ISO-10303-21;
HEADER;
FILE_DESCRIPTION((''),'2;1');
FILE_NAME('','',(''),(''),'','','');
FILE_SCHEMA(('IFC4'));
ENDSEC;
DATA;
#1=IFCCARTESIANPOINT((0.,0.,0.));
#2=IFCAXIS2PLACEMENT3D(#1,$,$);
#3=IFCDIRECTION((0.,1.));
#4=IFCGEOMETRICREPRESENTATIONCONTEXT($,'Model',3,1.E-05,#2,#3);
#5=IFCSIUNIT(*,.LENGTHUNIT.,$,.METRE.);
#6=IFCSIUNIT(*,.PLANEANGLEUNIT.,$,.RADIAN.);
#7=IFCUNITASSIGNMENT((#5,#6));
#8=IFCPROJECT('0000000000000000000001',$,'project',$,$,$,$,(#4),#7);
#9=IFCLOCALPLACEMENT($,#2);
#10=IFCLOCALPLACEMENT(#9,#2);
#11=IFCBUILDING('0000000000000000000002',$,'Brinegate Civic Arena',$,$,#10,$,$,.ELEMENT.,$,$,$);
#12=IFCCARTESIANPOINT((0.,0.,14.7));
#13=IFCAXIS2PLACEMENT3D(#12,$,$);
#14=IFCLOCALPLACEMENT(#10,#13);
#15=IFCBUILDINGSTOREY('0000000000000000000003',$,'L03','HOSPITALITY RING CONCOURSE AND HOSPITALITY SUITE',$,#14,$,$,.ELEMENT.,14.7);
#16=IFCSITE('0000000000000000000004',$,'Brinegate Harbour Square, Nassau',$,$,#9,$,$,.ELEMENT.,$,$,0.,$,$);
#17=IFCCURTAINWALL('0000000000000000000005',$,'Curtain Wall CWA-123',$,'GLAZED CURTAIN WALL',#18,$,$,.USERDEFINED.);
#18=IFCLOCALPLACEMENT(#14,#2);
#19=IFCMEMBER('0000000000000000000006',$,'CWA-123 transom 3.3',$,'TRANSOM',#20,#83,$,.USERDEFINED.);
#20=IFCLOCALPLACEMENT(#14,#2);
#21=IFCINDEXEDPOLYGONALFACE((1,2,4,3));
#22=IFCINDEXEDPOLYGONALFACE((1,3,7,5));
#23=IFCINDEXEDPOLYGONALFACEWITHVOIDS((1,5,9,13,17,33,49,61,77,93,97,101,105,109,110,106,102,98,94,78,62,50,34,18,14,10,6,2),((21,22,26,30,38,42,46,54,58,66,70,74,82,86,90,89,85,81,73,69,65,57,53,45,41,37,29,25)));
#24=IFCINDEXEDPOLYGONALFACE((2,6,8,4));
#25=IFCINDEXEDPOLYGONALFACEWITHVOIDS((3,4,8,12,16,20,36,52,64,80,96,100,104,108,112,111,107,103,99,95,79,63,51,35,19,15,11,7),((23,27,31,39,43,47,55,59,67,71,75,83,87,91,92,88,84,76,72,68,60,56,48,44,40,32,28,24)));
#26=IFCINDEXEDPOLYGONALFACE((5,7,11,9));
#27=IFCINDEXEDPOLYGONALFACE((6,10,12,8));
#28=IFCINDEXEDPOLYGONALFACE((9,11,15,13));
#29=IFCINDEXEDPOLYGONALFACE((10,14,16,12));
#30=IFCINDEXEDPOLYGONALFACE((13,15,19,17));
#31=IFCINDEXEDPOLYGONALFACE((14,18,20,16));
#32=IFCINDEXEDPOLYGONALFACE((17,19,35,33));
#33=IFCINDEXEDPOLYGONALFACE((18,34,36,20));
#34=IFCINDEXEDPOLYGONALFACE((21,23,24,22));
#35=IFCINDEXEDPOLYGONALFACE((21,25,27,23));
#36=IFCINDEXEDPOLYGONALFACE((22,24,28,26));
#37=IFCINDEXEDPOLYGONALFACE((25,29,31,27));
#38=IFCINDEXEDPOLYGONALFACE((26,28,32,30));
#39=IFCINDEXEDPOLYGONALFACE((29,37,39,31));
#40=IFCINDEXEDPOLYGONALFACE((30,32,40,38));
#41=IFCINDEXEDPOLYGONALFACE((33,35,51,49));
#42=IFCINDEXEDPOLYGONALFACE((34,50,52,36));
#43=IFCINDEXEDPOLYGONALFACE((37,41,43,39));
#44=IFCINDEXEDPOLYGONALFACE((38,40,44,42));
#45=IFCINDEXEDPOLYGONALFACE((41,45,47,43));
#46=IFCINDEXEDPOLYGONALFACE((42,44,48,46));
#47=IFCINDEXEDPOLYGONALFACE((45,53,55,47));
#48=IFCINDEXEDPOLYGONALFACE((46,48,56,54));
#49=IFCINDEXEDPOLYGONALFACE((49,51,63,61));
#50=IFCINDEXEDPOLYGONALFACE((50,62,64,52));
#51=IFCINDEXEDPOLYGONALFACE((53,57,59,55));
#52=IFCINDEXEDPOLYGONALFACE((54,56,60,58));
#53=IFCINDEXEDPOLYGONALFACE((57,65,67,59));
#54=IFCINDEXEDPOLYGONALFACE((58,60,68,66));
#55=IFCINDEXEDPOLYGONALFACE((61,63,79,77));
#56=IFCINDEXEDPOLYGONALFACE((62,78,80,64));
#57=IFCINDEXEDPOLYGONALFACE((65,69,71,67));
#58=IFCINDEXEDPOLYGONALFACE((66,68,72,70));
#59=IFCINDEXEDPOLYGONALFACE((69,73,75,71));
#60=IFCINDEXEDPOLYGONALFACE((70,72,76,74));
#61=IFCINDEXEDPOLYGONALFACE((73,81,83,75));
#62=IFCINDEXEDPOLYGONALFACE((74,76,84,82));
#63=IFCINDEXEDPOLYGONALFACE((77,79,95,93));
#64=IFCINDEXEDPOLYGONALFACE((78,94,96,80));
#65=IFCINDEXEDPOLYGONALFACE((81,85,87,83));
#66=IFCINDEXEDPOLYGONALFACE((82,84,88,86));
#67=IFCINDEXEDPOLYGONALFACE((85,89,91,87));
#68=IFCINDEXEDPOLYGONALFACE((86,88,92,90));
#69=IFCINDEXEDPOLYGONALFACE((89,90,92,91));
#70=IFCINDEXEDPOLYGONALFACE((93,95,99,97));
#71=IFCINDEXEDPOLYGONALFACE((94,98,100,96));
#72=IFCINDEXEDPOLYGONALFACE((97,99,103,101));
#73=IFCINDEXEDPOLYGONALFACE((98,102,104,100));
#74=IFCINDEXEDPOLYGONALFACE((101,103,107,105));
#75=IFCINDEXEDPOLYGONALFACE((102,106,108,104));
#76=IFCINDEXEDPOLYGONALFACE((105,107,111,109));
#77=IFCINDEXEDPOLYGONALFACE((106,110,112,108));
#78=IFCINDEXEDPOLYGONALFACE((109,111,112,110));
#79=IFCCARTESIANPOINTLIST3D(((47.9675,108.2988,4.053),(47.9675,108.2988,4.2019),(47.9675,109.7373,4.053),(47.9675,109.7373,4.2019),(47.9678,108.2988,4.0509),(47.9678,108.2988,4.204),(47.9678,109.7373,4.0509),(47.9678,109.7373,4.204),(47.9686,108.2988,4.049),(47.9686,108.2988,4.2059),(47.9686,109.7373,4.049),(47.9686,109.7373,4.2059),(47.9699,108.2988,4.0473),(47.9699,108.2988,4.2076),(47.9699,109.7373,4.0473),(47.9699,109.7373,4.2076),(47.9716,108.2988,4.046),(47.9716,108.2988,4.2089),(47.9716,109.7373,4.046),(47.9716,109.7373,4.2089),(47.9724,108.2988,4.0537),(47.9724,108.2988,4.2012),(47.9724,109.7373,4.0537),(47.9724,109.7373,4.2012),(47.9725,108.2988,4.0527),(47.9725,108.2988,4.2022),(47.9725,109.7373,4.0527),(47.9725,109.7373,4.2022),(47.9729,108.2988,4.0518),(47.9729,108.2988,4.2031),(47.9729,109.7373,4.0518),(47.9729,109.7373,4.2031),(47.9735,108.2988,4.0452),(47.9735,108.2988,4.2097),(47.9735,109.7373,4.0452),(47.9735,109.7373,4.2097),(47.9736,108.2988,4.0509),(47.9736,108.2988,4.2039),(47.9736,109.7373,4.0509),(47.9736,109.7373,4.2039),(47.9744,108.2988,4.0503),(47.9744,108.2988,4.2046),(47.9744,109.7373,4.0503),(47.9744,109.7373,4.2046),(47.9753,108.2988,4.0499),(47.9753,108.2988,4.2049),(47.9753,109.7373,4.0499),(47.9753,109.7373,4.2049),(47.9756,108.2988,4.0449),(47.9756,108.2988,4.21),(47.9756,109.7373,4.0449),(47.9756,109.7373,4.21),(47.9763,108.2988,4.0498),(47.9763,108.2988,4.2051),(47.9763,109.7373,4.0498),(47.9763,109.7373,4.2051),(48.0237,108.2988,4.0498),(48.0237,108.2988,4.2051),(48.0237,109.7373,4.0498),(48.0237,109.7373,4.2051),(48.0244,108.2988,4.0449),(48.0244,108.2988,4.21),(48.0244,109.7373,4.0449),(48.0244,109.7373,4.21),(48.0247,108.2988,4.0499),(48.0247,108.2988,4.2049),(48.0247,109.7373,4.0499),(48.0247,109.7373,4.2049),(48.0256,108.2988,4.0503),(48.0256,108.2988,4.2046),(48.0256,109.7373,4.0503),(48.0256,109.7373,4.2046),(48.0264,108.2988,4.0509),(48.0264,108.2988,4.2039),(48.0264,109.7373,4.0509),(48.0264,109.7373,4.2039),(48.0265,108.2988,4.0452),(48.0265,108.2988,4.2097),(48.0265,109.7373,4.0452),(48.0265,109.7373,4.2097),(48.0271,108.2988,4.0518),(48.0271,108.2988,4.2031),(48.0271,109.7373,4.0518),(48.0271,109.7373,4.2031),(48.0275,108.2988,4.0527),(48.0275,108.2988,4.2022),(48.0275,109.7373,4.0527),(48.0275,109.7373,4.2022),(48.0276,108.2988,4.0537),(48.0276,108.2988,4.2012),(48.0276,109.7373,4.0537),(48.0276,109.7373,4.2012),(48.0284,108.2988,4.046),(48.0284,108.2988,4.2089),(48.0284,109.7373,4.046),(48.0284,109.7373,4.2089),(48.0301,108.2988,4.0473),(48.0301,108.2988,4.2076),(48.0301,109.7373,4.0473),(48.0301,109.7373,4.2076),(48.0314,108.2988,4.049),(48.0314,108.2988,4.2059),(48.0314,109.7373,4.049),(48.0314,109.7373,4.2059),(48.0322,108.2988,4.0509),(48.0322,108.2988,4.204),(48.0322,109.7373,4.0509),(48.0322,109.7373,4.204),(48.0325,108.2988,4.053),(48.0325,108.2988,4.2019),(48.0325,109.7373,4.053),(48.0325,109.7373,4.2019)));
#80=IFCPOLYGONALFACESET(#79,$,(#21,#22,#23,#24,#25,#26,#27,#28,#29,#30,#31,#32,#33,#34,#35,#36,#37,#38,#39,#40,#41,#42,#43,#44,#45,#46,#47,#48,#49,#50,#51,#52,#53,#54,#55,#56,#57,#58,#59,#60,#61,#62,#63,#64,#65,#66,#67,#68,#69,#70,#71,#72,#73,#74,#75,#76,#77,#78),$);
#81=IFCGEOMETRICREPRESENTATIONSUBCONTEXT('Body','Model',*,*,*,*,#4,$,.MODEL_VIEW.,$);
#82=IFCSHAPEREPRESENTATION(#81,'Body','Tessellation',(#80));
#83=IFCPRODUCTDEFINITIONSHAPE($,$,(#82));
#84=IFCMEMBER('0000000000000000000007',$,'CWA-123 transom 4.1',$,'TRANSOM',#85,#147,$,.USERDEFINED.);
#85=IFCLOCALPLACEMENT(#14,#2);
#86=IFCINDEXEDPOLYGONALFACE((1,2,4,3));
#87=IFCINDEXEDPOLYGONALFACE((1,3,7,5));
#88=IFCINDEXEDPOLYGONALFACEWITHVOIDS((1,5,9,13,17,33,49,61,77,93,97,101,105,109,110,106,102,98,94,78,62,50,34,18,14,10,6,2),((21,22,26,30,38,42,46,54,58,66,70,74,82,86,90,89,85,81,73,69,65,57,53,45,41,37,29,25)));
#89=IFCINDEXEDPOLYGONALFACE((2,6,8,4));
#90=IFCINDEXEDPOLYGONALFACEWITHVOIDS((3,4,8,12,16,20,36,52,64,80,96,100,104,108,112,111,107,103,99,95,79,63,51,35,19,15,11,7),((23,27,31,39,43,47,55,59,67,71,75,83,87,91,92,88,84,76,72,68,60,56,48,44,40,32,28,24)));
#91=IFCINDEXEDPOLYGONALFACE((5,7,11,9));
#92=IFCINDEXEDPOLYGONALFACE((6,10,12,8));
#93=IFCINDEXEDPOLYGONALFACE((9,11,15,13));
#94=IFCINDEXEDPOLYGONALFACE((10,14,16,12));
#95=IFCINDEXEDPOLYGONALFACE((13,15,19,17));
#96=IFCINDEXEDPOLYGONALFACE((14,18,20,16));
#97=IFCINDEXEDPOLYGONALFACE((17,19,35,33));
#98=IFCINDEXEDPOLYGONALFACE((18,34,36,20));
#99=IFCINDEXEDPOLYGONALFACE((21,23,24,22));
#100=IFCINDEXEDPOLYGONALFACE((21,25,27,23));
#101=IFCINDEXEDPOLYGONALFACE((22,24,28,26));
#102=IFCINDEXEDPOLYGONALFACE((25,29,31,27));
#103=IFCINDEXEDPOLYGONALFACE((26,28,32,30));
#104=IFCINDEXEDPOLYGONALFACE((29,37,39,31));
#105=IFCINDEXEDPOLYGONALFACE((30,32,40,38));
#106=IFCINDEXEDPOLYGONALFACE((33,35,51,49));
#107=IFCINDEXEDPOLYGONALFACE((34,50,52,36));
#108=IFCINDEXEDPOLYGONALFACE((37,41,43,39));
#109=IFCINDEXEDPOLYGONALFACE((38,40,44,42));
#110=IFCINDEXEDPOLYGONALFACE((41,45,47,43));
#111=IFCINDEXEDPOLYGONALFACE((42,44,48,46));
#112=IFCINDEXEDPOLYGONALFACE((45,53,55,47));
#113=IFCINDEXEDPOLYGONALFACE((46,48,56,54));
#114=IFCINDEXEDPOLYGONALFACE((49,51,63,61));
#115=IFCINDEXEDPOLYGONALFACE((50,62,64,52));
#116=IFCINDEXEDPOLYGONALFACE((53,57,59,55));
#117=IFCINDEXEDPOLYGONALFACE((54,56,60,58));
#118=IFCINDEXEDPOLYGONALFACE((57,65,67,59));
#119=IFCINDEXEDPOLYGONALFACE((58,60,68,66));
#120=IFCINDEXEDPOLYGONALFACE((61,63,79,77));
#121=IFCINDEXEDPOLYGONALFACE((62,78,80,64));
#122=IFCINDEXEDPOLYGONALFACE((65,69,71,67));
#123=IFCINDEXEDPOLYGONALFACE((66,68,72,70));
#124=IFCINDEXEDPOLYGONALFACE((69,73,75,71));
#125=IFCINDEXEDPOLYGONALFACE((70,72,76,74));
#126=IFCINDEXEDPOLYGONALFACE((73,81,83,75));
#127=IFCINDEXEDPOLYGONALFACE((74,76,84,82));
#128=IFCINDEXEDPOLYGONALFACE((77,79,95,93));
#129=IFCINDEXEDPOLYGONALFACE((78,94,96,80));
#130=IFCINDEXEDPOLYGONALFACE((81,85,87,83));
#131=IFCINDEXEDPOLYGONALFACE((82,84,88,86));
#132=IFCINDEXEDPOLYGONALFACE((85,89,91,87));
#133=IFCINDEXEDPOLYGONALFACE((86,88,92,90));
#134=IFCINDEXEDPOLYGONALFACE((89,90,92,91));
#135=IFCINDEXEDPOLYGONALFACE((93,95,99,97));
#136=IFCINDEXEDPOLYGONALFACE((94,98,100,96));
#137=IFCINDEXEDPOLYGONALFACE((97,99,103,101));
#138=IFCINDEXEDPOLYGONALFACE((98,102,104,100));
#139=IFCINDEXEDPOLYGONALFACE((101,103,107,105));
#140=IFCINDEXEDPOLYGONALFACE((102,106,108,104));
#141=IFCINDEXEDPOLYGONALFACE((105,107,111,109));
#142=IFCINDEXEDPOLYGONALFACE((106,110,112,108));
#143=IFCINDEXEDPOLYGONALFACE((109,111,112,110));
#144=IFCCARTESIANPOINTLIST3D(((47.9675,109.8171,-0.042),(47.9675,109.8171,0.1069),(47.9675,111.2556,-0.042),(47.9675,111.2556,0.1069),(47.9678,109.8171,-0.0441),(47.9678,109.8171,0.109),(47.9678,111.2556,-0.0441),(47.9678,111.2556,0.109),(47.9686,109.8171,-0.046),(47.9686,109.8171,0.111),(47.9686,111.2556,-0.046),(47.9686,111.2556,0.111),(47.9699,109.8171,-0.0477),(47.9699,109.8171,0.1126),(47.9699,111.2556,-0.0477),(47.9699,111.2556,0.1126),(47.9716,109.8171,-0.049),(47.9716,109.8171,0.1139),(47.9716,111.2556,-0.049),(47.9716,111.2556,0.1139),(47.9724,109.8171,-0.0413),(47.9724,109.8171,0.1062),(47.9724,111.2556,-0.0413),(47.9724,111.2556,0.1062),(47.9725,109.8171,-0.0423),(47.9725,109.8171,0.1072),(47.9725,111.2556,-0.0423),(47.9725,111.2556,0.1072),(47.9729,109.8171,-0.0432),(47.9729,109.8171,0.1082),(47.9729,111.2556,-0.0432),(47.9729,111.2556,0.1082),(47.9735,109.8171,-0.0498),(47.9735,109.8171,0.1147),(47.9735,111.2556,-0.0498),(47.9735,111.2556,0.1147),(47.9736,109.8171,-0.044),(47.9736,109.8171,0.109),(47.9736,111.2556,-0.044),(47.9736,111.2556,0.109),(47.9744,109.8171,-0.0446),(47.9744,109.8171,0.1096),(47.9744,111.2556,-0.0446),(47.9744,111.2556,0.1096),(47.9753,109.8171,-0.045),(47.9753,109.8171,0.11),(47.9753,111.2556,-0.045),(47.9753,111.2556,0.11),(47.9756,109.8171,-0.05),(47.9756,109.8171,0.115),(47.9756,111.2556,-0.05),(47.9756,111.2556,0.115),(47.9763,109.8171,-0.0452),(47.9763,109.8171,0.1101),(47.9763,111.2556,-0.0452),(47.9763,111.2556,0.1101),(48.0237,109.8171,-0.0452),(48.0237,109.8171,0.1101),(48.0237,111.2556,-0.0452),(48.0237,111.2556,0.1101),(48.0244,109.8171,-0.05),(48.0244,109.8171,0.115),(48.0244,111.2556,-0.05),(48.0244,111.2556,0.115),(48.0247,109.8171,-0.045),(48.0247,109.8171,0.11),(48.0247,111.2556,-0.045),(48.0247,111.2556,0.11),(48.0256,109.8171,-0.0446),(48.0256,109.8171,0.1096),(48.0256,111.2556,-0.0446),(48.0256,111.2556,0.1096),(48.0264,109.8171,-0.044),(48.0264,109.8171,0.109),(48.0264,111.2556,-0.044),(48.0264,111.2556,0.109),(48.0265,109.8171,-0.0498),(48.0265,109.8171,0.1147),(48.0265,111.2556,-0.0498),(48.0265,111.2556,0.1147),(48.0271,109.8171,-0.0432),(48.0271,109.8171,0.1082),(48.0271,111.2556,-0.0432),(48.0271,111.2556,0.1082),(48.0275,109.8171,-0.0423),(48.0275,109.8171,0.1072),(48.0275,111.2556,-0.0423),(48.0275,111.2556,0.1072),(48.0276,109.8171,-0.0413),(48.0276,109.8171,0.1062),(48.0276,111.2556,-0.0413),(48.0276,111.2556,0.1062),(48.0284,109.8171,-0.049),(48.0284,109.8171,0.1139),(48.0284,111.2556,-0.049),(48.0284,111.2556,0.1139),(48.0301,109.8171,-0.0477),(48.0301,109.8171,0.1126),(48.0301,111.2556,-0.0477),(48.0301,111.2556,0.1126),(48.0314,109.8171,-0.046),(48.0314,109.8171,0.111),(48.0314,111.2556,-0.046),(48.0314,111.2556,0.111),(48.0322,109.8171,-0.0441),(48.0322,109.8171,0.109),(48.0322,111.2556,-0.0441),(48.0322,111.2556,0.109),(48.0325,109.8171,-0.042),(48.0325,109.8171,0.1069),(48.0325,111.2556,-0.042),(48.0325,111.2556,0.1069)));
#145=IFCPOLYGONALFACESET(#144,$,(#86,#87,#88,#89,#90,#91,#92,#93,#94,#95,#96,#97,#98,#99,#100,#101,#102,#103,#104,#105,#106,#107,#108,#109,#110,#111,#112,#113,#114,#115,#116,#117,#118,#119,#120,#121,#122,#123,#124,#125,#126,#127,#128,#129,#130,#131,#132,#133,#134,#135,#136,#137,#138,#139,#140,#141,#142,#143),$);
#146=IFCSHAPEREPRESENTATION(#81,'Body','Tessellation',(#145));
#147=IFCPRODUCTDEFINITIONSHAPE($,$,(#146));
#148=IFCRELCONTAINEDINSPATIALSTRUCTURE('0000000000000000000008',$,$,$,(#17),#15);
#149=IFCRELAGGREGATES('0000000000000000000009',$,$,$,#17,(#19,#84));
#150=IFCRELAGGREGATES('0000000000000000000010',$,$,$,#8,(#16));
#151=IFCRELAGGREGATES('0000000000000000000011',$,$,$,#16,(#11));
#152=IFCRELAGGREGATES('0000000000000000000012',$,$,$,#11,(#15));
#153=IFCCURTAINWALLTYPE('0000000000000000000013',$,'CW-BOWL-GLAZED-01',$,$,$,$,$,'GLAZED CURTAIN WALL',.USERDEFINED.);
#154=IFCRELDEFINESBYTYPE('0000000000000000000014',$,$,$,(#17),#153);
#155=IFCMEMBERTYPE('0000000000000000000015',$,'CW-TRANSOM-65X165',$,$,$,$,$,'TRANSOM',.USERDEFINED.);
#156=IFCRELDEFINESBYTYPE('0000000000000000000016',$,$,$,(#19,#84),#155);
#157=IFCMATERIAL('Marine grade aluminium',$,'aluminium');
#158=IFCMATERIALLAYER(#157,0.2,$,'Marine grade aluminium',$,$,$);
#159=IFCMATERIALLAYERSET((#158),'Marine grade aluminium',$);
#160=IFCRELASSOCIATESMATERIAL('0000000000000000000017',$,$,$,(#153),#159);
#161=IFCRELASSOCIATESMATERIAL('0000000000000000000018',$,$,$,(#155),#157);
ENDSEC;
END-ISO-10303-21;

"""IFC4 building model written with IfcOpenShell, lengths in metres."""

from ifc_helpers import new_model, si_unit, direction, frame, origin, origin_2d, place, context, subcontext, project, spatial, hollow_rectangle, extrude, material, layer, layer_set, material_profile, profile_set, type_object, element, aggregate, save


model = new_model("IFC4")

# Units and contexts
model_context = context("Model", 3, precision=1e-05, world=origin(), true_north=direction((0.0, 1.0)))
body_context = subcontext(model_context, "Body", "Model", "MODEL_VIEW")
ifc_project = project(units=[si_unit("LENGTHUNIT", "METRE"), si_unit("PLANEANGLEUNIT", "RADIAN")], contexts=[model_context])

# Site, building, storey
site_placement = place(None, origin())
site = spatial("IfcSite", under=ifc_project, at=site_placement, Name="Brinegate Harbour Square, Nassau", CompositionType="ELEMENT", RefElevation=0.0)
building_placement = place(site_placement, origin())
building = spatial("IfcBuilding", under=site, at=building_placement, Name="Brinegate Civic Arena", CompositionType="ELEMENT")
storey_placement = place(building_placement, frame((0.0, 0.0, 14.7)))
storey = spatial("IfcBuildingStorey", under=building, at=storey_placement, Name="L03", Description="HOSPITALITY RING CONCOURSE AND HOSPITALITY SUITE", CompositionType="ELEMENT", Elevation=14.7)

# Curtain wall, members
ifc_material_1 = material(Name="Marine grade aluminium", Category="aluminium")
ifc_layer_1 = layer(ifc_material_1, 0.2, Name="Marine grade aluminium")
ifc_layer_set_1 = layer_set([ifc_layer_1], Name="Marine grade aluminium")
curtain_wall_type = type_object("IfcCurtainWallType", Name="CW-BOWL-GLAZED-01", ElementType="GLAZED CURTAIN WALL", PredefinedType="USERDEFINED", material=ifc_layer_set_1)
curtain_wall_placement = place(storey_placement, origin())
curtain_wall = element("IfcCurtainWall", 1, at=curtain_wall_placement, inside=storey, type_object=curtain_wall_type, Name="Curtain Wall CWA-123", ObjectType="GLAZED CURTAIN WALL", PredefinedType="USERDEFINED")
ifc_material_profile_1 = material_profile(ifc_material_1, hollow_rectangle(XDim=0.0649, YDim=0.165, WallThickness=0.0049, InnerFilletRadius=0.0039, OuterFilletRadius=0.0081, at=origin_2d()), Name="TRN65X165")
ifc_profile_set_1 = profile_set([ifc_material_profile_1], Name="Marine grade aluminium")
member_type_1 = type_object("IfcMemberType", Name="CW-TRANSOM-65X165", ElementType="TRANSOM", PredefinedType="USERDEFINED", material=ifc_profile_set_1)
member_1_placement = place(storey_placement, frame((48.0, 108.2988, 4.1274), z_axis=(0.0, 1.0, 0.0), x_axis=(-1.0, 0.0, 0.0)))
member_1 = element("IfcMember", 2, at=member_1_placement, type_object=member_type_1, Name="CWA-123 transom 3.3", ObjectType="TRANSOM", PredefinedType="USERDEFINED", context=body_context, shape_type="SweptSolid", body=[
    extrude(hollow_rectangle(XDim=0.0649, YDim=0.165, WallThickness=0.0049, InnerFilletRadius=0.0039, OuterFilletRadius=0.0081, at=origin_2d()), origin(), (0.0, 0.0, 1.0), 1.4385),
])
member_2_placement = place(storey_placement, frame((48.0, 109.8171, 0.0325), z_axis=(0.0, 1.0, 0.0), x_axis=(-1.0, 0.0, 0.0)))
member_2 = element("IfcMember", 3, at=member_2_placement, type_object=member_type_1, Name="CWA-123 transom 4.1", ObjectType="TRANSOM", PredefinedType="USERDEFINED", context=body_context, shape_type="SweptSolid", body=[
    extrude(hollow_rectangle(XDim=0.0649, YDim=0.165, WallThickness=0.0049, InnerFilletRadius=0.0039, OuterFilletRadius=0.0081, at=origin_2d()), origin(), (0.0, 0.0, 1.0), 1.4385),
])

aggregate(curtain_wall, [member_1, member_2])

save(model, "model.ifc")
